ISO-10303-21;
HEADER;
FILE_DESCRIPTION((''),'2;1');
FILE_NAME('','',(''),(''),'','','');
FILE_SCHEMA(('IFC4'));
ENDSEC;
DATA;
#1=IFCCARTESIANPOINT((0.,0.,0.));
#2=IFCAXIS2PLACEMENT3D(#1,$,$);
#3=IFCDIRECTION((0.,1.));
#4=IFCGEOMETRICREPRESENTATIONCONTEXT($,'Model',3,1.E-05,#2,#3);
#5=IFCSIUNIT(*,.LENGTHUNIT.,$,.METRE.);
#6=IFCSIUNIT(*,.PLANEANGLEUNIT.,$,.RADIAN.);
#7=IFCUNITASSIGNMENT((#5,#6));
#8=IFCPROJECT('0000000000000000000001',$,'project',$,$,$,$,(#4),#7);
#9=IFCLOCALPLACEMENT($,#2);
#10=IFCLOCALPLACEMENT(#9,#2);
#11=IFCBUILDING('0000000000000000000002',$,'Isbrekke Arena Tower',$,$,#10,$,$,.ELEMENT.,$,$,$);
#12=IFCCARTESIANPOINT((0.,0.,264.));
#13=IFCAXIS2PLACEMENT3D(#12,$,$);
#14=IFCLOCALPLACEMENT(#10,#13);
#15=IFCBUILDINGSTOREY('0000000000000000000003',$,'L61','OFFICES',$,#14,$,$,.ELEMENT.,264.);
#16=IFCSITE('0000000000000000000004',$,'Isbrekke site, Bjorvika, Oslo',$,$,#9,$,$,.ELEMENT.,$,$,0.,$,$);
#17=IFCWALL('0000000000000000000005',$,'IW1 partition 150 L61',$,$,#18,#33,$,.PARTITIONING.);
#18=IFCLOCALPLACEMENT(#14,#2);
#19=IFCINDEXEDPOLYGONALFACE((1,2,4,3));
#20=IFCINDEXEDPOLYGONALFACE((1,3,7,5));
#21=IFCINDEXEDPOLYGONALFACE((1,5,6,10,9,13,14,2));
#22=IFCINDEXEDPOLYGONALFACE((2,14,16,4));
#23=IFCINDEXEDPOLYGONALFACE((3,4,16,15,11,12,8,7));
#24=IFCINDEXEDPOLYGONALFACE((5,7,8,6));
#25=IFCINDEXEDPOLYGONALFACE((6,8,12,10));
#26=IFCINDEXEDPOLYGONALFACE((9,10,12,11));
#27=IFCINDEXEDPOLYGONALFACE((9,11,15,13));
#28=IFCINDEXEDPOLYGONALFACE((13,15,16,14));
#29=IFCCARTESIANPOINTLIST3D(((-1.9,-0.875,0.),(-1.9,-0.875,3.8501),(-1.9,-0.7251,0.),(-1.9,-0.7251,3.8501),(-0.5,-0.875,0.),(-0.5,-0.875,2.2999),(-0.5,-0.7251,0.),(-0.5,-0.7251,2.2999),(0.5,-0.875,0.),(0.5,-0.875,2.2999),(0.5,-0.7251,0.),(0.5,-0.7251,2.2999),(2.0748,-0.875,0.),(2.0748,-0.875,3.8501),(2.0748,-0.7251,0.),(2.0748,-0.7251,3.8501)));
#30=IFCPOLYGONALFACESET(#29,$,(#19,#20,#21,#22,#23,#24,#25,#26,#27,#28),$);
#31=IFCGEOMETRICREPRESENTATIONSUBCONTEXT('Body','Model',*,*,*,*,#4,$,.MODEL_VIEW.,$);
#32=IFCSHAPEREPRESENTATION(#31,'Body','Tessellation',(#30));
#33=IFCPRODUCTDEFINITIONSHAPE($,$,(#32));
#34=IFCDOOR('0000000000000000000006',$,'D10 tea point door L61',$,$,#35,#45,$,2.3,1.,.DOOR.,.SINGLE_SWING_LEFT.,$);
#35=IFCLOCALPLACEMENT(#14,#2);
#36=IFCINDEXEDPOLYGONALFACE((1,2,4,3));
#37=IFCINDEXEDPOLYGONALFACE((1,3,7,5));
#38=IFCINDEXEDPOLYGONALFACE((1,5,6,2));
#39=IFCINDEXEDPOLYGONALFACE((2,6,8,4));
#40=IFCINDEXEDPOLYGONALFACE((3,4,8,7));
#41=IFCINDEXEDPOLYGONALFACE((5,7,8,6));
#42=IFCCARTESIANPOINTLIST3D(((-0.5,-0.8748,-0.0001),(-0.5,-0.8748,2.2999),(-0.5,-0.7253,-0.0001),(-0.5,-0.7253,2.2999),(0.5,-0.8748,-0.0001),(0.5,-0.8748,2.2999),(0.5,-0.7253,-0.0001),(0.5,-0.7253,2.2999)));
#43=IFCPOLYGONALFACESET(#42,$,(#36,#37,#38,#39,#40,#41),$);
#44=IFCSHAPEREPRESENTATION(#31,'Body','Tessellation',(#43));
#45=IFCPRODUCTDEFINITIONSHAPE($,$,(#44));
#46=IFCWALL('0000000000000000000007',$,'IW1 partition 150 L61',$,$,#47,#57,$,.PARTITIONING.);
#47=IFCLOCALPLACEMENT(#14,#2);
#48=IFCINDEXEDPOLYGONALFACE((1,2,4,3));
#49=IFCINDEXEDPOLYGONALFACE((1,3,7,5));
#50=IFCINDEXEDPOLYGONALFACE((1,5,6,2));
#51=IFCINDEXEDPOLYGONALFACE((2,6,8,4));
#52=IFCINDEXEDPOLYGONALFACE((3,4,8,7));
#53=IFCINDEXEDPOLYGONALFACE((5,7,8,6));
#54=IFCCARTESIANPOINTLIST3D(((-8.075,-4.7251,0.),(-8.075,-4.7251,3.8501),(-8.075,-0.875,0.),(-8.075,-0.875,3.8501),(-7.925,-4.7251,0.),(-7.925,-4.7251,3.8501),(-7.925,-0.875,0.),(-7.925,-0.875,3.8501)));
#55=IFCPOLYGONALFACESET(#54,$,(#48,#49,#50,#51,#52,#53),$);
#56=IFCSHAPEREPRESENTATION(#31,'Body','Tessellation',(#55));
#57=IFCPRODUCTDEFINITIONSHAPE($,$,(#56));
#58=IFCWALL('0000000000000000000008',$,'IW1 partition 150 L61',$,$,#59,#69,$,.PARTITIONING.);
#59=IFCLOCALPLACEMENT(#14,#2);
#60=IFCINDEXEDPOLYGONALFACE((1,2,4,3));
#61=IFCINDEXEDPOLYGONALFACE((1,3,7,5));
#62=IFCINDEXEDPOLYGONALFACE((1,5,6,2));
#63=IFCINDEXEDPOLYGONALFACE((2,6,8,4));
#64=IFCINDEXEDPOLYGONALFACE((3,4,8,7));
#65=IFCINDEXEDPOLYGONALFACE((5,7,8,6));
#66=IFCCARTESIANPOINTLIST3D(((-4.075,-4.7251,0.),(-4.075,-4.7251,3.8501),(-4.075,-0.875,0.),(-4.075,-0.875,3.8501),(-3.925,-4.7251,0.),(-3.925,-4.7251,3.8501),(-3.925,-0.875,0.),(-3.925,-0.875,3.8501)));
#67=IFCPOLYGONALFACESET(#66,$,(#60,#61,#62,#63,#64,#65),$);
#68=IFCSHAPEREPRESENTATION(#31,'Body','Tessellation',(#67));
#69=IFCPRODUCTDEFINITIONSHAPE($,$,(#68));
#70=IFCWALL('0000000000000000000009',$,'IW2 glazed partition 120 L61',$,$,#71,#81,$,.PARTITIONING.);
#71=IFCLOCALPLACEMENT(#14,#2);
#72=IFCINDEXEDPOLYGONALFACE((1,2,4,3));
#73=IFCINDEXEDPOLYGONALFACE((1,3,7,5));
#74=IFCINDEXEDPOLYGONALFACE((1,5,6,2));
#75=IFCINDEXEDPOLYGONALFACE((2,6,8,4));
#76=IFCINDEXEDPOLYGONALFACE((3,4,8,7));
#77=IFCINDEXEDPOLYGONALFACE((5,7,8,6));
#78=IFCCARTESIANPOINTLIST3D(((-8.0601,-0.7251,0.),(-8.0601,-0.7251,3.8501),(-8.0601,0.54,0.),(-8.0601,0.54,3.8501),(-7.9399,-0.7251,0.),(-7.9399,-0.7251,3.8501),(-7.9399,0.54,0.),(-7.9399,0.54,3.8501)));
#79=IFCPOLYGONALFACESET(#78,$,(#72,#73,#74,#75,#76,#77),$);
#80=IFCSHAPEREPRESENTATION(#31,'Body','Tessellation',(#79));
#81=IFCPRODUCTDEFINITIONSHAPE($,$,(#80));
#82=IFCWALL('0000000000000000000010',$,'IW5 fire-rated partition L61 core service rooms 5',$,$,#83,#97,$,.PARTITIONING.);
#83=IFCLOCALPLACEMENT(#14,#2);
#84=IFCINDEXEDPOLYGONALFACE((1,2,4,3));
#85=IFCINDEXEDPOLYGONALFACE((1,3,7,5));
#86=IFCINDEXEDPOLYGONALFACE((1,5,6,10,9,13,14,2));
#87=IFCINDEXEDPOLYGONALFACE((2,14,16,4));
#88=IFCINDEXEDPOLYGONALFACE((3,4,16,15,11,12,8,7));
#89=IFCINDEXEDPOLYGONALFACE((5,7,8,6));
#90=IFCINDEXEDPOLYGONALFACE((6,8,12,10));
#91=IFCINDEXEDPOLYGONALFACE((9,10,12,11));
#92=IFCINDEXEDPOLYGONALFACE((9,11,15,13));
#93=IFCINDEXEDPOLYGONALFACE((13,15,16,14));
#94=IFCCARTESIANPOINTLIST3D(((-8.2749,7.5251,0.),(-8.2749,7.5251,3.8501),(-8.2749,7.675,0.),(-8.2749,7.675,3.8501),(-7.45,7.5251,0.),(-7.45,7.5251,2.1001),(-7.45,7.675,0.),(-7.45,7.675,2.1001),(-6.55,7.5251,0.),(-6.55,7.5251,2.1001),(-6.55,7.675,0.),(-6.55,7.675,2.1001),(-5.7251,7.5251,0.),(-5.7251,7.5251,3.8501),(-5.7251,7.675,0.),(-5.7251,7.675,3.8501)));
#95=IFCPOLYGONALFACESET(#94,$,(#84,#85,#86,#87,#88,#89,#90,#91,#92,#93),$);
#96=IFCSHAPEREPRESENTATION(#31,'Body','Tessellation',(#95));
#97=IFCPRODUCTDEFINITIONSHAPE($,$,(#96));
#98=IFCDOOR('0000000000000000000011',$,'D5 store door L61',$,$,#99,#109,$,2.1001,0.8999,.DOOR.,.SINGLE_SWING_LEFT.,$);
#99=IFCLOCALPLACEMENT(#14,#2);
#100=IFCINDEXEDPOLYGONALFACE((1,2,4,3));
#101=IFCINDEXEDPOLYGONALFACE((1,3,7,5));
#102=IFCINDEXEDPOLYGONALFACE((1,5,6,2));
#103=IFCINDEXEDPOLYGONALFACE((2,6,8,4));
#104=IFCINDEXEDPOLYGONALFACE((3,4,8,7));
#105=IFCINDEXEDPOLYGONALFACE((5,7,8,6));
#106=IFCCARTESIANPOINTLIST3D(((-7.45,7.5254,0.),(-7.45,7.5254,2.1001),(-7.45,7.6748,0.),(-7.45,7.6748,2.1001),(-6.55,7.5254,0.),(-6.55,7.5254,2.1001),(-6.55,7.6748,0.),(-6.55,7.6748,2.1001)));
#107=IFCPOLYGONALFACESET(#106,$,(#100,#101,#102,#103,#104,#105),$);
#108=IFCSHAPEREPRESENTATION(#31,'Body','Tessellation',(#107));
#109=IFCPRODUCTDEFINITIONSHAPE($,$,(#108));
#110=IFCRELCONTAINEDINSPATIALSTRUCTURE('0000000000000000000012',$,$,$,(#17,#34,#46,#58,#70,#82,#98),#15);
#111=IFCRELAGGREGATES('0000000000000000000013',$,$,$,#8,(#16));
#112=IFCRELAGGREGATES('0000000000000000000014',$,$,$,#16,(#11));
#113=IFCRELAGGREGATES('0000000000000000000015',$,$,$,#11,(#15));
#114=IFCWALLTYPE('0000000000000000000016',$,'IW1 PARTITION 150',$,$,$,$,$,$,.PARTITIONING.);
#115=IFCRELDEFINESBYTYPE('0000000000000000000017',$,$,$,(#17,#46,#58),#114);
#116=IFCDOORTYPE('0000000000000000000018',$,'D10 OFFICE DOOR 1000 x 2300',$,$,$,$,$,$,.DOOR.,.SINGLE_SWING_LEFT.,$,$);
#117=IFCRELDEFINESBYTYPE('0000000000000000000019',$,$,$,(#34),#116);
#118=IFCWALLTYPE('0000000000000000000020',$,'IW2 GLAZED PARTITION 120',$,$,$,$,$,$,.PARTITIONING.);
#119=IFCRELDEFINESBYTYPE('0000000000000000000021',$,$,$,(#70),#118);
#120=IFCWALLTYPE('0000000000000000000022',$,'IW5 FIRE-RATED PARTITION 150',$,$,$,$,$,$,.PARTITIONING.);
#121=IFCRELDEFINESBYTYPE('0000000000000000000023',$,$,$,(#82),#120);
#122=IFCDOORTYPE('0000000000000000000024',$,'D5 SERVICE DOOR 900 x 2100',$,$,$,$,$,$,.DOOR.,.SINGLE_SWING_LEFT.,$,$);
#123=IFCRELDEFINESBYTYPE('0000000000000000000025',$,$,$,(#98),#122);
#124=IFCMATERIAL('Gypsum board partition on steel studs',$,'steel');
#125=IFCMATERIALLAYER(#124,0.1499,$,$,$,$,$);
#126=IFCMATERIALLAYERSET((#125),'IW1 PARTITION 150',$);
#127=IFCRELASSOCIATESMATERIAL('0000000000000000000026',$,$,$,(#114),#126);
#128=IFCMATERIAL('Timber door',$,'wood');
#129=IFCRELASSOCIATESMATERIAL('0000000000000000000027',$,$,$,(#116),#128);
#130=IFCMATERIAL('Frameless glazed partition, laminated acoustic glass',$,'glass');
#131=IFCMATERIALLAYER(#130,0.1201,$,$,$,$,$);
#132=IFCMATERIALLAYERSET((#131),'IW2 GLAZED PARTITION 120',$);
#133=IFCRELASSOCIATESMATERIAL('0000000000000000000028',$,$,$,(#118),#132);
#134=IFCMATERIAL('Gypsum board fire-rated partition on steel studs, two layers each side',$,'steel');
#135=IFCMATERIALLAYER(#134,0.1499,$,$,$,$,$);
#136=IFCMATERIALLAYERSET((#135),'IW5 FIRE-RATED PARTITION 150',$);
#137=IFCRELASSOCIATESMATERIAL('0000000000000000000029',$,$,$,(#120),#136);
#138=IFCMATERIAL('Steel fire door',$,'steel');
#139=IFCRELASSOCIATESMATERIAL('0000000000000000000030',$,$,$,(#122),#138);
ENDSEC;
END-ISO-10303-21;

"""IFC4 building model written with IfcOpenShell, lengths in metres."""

from ifc_helpers import new_model, si_unit, direction, frame, frame_2d, origin, place, context, subcontext, project, spatial, rectangle, extrude, material, layer, layer_set, type_object, element, fill, save


model = new_model("IFC4")

# Units and contexts
model_context = context("Model", 3, precision=1e-05, world=origin(), true_north=direction((0.0, 1.0)))
body_context = subcontext(model_context, "Body", "Model", "MODEL_VIEW")
ifc_project = project(units=[si_unit("LENGTHUNIT", "METRE"), si_unit("PLANEANGLEUNIT", "RADIAN")], contexts=[model_context])

# Site, building, storey
site_placement = place(None, origin())
site = spatial("IfcSite", under=ifc_project, at=site_placement, Name="Isbrekke site, Bjorvika, Oslo", CompositionType="ELEMENT", RefElevation=0.0)
building_placement = place(site_placement, origin())
building = spatial("IfcBuilding", under=site, at=building_placement, Name="Isbrekke Arena Tower", CompositionType="ELEMENT")
storey_placement = place(building_placement, frame((0.0, 0.0, 264.0)))
storey = spatial("IfcBuildingStorey", under=building, at=storey_placement, Name="L61", Description="OFFICES", CompositionType="ELEMENT", Elevation=264.0)

# Shared definitions
ifc_material_1 = material(Name="Gypsum board partition on steel studs", Category="steel")
ifc_layer_1 = layer(ifc_material_1, 0.1499)
ifc_layer_set_1 = layer_set([ifc_layer_1], Name="IW1 PARTITION 150")
wall_type_1 = type_object("IfcWallType", Name="IW1 PARTITION 150", PredefinedType="PARTITIONING", material=ifc_layer_set_1)

# Wall, opening, door
ifc_material_2 = material(Name="Timber door", Category="wood")
door_type_1 = type_object("IfcDoorType", Name="D10 OFFICE DOOR 1000 x 2300", OperationType="SINGLE_SWING_LEFT", PredefinedType="DOOR", material=ifc_material_2)
wall_1_placement = place(storey_placement, frame((-1.8999, -0.8, 0.0), z_axis=(0.0, 0.0, 1.0), x_axis=(1.0, 0.0, 0.0)))
wall_1 = element("IfcWall", 1, at=wall_1_placement, inside=storey, type_object=wall_type_1, Name="IW1 partition 150 L61", PredefinedType="PARTITIONING", context=body_context, shape_type="SweptSolid", body=[
    extrude(rectangle(XDim=3.9749, YDim=0.1499, at=frame_2d((1.9873, 0.0))), origin(), (0.0, 0.0, 1.0), 3.8501),
])
opening_1_placement = place(wall_1_placement, frame((1.3999, 0.0, 0.0)))
opening_1 = element("IfcOpeningElement", 2, at=opening_1_placement, cuts=wall_1, PredefinedType="OPENING", context=body_context, shape_type="SweptSolid", body=[
    extrude(rectangle(XDim=1.0, YDim=2.3, at=frame_2d((0.5, 1.1499))), frame((0.0, 0.0898, 0.0), z_axis=(0.0, -1.0, 0.0), x_axis=(1.0, 0.0, 0.0)), (0.0, 0.0, 1.0), 0.1797),
])
door_1_placement = place(opening_1_placement, origin())
door_1 = element("IfcDoor", 3, at=door_1_placement, inside=storey, type_object=door_type_1, Name="D10 tea point door L61", OperationType="SINGLE_SWING_LEFT", OverallHeight=2.3, OverallWidth=1.0, PredefinedType="DOOR", context=body_context, shape_type="SweptSolid", body=[
    extrude(rectangle(XDim=1.0, YDim=2.3, at=frame_2d((0.5, 1.1499))), frame((0.0, 0.0747, 0.0), z_axis=(0.0, -1.0, 0.0), x_axis=(1.0, 0.0, 0.0)), (0.0, 0.0, 1.0), 0.1494),
])
fill(opening_1, door_1)

# Walls
for number, where, z_axis, x_axis, name in (
    (4, (-8.0, -4.7251, 0.0), (0.0, 0.0, 1.0), (0.0, 1.0, 0.0), "IW1 partition 150 L61"),
    (5, (-4.0, -4.7251, 0.0), (0.0, 0.0, 1.0), (0.0, 1.0, 0.0), "IW1 partition 150 L61"),
):
    element("IfcWall", number, at=place(storey_placement, frame(where, z_axis=z_axis, x_axis=x_axis)), inside=storey, type_object=wall_type_1, Name=name, PredefinedType="PARTITIONING", context=body_context, shape_type="SweptSolid", body=[
        extrude(rectangle(XDim=3.8501, YDim=0.1499, at=frame_2d((1.925, 0.0))), origin(), (0.0, 0.0, 1.0), 3.8501),
    ])
ifc_material_3 = material(Name="Frameless glazed partition, laminated acoustic glass", Category="glass")
ifc_layer_2 = layer(ifc_material_3, 0.1201)
ifc_layer_set_2 = layer_set([ifc_layer_2], Name="IW2 GLAZED PARTITION 120")
wall_type_2 = type_object("IfcWallType", Name="IW2 GLAZED PARTITION 120", PredefinedType="PARTITIONING", material=ifc_layer_set_2)
wall_2_placement = place(storey_placement, frame((-8.0, -0.7251, 0.0), z_axis=(0.0, 0.0, 1.0), x_axis=(0.0, 1.0, 0.0)))
element("IfcWall", 6, at=wall_2_placement, inside=storey, type_object=wall_type_2, Name="IW2 glazed partition 120 L61", PredefinedType="PARTITIONING", context=body_context, shape_type="SweptSolid", body=[
    extrude(rectangle(XDim=1.2651, YDim=0.1201, at=frame_2d((0.6326, 0.0))), origin(), (0.0, 0.0, 1.0), 3.8501),
])

# Wall, opening, door
ifc_material_4 = material(Name="Gypsum board fire-rated partition on steel studs, two layers each side", Category="steel")
ifc_layer_3 = layer(ifc_material_4, 0.1499)
ifc_layer_set_3 = layer_set([ifc_layer_3], Name="IW5 FIRE-RATED PARTITION 150")
wall_type_3 = type_object("IfcWallType", Name="IW5 FIRE-RATED PARTITION 150", PredefinedType="PARTITIONING", material=ifc_layer_set_3)
wall_3_placement = place(storey_placement, frame((-8.2749, 7.6001, 0.0), z_axis=(0.0, 0.0, 1.0), x_axis=(1.0, 0.0, 0.0)))
wall_3 = element("IfcWall", 7, at=wall_3_placement, inside=storey, type_object=wall_type_3, Name="IW5 fire-rated partition L61 core service rooms 5", PredefinedType="PARTITIONING", context=body_context, shape_type="SweptSolid", body=[
    extrude(rectangle(XDim=2.5498, YDim=0.1499, at=frame_2d((1.2749, 0.0))), origin(), (0.0, 0.0, 1.0), 3.8501),
])
opening_2_placement = place(wall_3_placement, frame((0.825, 0.0, 0.0)))
opening_2 = element("IfcOpeningElement", 8, at=opening_2_placement, cuts=wall_3, PredefinedType="OPENING", context=body_context, shape_type="SweptSolid", body=[
    extrude(rectangle(XDim=0.8999, YDim=2.1001, at=frame_2d((0.45, 1.05))), frame((0.0, 0.0898, 0.0), z_axis=(0.0, -1.0, 0.0), x_axis=(1.0, 0.0, 0.0)), (0.0, 0.0, 1.0), 0.1797),
])
ifc_material_5 = material(Name="Steel fire door", Category="steel")
door_type_2 = type_object("IfcDoorType", Name="D5 SERVICE DOOR 900 x 2100", OperationType="SINGLE_SWING_LEFT", PredefinedType="DOOR", material=ifc_material_5)
door_2_placement = place(opening_2_placement, origin())
door_2 = element("IfcDoor", 9, at=door_2_placement, inside=storey, type_object=door_type_2, Name="D5 store door L61", OperationType="SINGLE_SWING_LEFT", OverallHeight=2.1001, OverallWidth=0.8999, PredefinedType="DOOR", context=body_context, shape_type="SweptSolid", body=[
    extrude(rectangle(XDim=0.8999, YDim=2.1001, at=frame_2d((0.45, 1.05))), frame((0.0, 0.0747, 0.0), z_axis=(0.0, -1.0, 0.0), x_axis=(1.0, 0.0, 0.0)), (0.0, 0.0, 1.0), 0.1494),
])
fill(opening_2, door_2)

save(model, "model.ifc")
